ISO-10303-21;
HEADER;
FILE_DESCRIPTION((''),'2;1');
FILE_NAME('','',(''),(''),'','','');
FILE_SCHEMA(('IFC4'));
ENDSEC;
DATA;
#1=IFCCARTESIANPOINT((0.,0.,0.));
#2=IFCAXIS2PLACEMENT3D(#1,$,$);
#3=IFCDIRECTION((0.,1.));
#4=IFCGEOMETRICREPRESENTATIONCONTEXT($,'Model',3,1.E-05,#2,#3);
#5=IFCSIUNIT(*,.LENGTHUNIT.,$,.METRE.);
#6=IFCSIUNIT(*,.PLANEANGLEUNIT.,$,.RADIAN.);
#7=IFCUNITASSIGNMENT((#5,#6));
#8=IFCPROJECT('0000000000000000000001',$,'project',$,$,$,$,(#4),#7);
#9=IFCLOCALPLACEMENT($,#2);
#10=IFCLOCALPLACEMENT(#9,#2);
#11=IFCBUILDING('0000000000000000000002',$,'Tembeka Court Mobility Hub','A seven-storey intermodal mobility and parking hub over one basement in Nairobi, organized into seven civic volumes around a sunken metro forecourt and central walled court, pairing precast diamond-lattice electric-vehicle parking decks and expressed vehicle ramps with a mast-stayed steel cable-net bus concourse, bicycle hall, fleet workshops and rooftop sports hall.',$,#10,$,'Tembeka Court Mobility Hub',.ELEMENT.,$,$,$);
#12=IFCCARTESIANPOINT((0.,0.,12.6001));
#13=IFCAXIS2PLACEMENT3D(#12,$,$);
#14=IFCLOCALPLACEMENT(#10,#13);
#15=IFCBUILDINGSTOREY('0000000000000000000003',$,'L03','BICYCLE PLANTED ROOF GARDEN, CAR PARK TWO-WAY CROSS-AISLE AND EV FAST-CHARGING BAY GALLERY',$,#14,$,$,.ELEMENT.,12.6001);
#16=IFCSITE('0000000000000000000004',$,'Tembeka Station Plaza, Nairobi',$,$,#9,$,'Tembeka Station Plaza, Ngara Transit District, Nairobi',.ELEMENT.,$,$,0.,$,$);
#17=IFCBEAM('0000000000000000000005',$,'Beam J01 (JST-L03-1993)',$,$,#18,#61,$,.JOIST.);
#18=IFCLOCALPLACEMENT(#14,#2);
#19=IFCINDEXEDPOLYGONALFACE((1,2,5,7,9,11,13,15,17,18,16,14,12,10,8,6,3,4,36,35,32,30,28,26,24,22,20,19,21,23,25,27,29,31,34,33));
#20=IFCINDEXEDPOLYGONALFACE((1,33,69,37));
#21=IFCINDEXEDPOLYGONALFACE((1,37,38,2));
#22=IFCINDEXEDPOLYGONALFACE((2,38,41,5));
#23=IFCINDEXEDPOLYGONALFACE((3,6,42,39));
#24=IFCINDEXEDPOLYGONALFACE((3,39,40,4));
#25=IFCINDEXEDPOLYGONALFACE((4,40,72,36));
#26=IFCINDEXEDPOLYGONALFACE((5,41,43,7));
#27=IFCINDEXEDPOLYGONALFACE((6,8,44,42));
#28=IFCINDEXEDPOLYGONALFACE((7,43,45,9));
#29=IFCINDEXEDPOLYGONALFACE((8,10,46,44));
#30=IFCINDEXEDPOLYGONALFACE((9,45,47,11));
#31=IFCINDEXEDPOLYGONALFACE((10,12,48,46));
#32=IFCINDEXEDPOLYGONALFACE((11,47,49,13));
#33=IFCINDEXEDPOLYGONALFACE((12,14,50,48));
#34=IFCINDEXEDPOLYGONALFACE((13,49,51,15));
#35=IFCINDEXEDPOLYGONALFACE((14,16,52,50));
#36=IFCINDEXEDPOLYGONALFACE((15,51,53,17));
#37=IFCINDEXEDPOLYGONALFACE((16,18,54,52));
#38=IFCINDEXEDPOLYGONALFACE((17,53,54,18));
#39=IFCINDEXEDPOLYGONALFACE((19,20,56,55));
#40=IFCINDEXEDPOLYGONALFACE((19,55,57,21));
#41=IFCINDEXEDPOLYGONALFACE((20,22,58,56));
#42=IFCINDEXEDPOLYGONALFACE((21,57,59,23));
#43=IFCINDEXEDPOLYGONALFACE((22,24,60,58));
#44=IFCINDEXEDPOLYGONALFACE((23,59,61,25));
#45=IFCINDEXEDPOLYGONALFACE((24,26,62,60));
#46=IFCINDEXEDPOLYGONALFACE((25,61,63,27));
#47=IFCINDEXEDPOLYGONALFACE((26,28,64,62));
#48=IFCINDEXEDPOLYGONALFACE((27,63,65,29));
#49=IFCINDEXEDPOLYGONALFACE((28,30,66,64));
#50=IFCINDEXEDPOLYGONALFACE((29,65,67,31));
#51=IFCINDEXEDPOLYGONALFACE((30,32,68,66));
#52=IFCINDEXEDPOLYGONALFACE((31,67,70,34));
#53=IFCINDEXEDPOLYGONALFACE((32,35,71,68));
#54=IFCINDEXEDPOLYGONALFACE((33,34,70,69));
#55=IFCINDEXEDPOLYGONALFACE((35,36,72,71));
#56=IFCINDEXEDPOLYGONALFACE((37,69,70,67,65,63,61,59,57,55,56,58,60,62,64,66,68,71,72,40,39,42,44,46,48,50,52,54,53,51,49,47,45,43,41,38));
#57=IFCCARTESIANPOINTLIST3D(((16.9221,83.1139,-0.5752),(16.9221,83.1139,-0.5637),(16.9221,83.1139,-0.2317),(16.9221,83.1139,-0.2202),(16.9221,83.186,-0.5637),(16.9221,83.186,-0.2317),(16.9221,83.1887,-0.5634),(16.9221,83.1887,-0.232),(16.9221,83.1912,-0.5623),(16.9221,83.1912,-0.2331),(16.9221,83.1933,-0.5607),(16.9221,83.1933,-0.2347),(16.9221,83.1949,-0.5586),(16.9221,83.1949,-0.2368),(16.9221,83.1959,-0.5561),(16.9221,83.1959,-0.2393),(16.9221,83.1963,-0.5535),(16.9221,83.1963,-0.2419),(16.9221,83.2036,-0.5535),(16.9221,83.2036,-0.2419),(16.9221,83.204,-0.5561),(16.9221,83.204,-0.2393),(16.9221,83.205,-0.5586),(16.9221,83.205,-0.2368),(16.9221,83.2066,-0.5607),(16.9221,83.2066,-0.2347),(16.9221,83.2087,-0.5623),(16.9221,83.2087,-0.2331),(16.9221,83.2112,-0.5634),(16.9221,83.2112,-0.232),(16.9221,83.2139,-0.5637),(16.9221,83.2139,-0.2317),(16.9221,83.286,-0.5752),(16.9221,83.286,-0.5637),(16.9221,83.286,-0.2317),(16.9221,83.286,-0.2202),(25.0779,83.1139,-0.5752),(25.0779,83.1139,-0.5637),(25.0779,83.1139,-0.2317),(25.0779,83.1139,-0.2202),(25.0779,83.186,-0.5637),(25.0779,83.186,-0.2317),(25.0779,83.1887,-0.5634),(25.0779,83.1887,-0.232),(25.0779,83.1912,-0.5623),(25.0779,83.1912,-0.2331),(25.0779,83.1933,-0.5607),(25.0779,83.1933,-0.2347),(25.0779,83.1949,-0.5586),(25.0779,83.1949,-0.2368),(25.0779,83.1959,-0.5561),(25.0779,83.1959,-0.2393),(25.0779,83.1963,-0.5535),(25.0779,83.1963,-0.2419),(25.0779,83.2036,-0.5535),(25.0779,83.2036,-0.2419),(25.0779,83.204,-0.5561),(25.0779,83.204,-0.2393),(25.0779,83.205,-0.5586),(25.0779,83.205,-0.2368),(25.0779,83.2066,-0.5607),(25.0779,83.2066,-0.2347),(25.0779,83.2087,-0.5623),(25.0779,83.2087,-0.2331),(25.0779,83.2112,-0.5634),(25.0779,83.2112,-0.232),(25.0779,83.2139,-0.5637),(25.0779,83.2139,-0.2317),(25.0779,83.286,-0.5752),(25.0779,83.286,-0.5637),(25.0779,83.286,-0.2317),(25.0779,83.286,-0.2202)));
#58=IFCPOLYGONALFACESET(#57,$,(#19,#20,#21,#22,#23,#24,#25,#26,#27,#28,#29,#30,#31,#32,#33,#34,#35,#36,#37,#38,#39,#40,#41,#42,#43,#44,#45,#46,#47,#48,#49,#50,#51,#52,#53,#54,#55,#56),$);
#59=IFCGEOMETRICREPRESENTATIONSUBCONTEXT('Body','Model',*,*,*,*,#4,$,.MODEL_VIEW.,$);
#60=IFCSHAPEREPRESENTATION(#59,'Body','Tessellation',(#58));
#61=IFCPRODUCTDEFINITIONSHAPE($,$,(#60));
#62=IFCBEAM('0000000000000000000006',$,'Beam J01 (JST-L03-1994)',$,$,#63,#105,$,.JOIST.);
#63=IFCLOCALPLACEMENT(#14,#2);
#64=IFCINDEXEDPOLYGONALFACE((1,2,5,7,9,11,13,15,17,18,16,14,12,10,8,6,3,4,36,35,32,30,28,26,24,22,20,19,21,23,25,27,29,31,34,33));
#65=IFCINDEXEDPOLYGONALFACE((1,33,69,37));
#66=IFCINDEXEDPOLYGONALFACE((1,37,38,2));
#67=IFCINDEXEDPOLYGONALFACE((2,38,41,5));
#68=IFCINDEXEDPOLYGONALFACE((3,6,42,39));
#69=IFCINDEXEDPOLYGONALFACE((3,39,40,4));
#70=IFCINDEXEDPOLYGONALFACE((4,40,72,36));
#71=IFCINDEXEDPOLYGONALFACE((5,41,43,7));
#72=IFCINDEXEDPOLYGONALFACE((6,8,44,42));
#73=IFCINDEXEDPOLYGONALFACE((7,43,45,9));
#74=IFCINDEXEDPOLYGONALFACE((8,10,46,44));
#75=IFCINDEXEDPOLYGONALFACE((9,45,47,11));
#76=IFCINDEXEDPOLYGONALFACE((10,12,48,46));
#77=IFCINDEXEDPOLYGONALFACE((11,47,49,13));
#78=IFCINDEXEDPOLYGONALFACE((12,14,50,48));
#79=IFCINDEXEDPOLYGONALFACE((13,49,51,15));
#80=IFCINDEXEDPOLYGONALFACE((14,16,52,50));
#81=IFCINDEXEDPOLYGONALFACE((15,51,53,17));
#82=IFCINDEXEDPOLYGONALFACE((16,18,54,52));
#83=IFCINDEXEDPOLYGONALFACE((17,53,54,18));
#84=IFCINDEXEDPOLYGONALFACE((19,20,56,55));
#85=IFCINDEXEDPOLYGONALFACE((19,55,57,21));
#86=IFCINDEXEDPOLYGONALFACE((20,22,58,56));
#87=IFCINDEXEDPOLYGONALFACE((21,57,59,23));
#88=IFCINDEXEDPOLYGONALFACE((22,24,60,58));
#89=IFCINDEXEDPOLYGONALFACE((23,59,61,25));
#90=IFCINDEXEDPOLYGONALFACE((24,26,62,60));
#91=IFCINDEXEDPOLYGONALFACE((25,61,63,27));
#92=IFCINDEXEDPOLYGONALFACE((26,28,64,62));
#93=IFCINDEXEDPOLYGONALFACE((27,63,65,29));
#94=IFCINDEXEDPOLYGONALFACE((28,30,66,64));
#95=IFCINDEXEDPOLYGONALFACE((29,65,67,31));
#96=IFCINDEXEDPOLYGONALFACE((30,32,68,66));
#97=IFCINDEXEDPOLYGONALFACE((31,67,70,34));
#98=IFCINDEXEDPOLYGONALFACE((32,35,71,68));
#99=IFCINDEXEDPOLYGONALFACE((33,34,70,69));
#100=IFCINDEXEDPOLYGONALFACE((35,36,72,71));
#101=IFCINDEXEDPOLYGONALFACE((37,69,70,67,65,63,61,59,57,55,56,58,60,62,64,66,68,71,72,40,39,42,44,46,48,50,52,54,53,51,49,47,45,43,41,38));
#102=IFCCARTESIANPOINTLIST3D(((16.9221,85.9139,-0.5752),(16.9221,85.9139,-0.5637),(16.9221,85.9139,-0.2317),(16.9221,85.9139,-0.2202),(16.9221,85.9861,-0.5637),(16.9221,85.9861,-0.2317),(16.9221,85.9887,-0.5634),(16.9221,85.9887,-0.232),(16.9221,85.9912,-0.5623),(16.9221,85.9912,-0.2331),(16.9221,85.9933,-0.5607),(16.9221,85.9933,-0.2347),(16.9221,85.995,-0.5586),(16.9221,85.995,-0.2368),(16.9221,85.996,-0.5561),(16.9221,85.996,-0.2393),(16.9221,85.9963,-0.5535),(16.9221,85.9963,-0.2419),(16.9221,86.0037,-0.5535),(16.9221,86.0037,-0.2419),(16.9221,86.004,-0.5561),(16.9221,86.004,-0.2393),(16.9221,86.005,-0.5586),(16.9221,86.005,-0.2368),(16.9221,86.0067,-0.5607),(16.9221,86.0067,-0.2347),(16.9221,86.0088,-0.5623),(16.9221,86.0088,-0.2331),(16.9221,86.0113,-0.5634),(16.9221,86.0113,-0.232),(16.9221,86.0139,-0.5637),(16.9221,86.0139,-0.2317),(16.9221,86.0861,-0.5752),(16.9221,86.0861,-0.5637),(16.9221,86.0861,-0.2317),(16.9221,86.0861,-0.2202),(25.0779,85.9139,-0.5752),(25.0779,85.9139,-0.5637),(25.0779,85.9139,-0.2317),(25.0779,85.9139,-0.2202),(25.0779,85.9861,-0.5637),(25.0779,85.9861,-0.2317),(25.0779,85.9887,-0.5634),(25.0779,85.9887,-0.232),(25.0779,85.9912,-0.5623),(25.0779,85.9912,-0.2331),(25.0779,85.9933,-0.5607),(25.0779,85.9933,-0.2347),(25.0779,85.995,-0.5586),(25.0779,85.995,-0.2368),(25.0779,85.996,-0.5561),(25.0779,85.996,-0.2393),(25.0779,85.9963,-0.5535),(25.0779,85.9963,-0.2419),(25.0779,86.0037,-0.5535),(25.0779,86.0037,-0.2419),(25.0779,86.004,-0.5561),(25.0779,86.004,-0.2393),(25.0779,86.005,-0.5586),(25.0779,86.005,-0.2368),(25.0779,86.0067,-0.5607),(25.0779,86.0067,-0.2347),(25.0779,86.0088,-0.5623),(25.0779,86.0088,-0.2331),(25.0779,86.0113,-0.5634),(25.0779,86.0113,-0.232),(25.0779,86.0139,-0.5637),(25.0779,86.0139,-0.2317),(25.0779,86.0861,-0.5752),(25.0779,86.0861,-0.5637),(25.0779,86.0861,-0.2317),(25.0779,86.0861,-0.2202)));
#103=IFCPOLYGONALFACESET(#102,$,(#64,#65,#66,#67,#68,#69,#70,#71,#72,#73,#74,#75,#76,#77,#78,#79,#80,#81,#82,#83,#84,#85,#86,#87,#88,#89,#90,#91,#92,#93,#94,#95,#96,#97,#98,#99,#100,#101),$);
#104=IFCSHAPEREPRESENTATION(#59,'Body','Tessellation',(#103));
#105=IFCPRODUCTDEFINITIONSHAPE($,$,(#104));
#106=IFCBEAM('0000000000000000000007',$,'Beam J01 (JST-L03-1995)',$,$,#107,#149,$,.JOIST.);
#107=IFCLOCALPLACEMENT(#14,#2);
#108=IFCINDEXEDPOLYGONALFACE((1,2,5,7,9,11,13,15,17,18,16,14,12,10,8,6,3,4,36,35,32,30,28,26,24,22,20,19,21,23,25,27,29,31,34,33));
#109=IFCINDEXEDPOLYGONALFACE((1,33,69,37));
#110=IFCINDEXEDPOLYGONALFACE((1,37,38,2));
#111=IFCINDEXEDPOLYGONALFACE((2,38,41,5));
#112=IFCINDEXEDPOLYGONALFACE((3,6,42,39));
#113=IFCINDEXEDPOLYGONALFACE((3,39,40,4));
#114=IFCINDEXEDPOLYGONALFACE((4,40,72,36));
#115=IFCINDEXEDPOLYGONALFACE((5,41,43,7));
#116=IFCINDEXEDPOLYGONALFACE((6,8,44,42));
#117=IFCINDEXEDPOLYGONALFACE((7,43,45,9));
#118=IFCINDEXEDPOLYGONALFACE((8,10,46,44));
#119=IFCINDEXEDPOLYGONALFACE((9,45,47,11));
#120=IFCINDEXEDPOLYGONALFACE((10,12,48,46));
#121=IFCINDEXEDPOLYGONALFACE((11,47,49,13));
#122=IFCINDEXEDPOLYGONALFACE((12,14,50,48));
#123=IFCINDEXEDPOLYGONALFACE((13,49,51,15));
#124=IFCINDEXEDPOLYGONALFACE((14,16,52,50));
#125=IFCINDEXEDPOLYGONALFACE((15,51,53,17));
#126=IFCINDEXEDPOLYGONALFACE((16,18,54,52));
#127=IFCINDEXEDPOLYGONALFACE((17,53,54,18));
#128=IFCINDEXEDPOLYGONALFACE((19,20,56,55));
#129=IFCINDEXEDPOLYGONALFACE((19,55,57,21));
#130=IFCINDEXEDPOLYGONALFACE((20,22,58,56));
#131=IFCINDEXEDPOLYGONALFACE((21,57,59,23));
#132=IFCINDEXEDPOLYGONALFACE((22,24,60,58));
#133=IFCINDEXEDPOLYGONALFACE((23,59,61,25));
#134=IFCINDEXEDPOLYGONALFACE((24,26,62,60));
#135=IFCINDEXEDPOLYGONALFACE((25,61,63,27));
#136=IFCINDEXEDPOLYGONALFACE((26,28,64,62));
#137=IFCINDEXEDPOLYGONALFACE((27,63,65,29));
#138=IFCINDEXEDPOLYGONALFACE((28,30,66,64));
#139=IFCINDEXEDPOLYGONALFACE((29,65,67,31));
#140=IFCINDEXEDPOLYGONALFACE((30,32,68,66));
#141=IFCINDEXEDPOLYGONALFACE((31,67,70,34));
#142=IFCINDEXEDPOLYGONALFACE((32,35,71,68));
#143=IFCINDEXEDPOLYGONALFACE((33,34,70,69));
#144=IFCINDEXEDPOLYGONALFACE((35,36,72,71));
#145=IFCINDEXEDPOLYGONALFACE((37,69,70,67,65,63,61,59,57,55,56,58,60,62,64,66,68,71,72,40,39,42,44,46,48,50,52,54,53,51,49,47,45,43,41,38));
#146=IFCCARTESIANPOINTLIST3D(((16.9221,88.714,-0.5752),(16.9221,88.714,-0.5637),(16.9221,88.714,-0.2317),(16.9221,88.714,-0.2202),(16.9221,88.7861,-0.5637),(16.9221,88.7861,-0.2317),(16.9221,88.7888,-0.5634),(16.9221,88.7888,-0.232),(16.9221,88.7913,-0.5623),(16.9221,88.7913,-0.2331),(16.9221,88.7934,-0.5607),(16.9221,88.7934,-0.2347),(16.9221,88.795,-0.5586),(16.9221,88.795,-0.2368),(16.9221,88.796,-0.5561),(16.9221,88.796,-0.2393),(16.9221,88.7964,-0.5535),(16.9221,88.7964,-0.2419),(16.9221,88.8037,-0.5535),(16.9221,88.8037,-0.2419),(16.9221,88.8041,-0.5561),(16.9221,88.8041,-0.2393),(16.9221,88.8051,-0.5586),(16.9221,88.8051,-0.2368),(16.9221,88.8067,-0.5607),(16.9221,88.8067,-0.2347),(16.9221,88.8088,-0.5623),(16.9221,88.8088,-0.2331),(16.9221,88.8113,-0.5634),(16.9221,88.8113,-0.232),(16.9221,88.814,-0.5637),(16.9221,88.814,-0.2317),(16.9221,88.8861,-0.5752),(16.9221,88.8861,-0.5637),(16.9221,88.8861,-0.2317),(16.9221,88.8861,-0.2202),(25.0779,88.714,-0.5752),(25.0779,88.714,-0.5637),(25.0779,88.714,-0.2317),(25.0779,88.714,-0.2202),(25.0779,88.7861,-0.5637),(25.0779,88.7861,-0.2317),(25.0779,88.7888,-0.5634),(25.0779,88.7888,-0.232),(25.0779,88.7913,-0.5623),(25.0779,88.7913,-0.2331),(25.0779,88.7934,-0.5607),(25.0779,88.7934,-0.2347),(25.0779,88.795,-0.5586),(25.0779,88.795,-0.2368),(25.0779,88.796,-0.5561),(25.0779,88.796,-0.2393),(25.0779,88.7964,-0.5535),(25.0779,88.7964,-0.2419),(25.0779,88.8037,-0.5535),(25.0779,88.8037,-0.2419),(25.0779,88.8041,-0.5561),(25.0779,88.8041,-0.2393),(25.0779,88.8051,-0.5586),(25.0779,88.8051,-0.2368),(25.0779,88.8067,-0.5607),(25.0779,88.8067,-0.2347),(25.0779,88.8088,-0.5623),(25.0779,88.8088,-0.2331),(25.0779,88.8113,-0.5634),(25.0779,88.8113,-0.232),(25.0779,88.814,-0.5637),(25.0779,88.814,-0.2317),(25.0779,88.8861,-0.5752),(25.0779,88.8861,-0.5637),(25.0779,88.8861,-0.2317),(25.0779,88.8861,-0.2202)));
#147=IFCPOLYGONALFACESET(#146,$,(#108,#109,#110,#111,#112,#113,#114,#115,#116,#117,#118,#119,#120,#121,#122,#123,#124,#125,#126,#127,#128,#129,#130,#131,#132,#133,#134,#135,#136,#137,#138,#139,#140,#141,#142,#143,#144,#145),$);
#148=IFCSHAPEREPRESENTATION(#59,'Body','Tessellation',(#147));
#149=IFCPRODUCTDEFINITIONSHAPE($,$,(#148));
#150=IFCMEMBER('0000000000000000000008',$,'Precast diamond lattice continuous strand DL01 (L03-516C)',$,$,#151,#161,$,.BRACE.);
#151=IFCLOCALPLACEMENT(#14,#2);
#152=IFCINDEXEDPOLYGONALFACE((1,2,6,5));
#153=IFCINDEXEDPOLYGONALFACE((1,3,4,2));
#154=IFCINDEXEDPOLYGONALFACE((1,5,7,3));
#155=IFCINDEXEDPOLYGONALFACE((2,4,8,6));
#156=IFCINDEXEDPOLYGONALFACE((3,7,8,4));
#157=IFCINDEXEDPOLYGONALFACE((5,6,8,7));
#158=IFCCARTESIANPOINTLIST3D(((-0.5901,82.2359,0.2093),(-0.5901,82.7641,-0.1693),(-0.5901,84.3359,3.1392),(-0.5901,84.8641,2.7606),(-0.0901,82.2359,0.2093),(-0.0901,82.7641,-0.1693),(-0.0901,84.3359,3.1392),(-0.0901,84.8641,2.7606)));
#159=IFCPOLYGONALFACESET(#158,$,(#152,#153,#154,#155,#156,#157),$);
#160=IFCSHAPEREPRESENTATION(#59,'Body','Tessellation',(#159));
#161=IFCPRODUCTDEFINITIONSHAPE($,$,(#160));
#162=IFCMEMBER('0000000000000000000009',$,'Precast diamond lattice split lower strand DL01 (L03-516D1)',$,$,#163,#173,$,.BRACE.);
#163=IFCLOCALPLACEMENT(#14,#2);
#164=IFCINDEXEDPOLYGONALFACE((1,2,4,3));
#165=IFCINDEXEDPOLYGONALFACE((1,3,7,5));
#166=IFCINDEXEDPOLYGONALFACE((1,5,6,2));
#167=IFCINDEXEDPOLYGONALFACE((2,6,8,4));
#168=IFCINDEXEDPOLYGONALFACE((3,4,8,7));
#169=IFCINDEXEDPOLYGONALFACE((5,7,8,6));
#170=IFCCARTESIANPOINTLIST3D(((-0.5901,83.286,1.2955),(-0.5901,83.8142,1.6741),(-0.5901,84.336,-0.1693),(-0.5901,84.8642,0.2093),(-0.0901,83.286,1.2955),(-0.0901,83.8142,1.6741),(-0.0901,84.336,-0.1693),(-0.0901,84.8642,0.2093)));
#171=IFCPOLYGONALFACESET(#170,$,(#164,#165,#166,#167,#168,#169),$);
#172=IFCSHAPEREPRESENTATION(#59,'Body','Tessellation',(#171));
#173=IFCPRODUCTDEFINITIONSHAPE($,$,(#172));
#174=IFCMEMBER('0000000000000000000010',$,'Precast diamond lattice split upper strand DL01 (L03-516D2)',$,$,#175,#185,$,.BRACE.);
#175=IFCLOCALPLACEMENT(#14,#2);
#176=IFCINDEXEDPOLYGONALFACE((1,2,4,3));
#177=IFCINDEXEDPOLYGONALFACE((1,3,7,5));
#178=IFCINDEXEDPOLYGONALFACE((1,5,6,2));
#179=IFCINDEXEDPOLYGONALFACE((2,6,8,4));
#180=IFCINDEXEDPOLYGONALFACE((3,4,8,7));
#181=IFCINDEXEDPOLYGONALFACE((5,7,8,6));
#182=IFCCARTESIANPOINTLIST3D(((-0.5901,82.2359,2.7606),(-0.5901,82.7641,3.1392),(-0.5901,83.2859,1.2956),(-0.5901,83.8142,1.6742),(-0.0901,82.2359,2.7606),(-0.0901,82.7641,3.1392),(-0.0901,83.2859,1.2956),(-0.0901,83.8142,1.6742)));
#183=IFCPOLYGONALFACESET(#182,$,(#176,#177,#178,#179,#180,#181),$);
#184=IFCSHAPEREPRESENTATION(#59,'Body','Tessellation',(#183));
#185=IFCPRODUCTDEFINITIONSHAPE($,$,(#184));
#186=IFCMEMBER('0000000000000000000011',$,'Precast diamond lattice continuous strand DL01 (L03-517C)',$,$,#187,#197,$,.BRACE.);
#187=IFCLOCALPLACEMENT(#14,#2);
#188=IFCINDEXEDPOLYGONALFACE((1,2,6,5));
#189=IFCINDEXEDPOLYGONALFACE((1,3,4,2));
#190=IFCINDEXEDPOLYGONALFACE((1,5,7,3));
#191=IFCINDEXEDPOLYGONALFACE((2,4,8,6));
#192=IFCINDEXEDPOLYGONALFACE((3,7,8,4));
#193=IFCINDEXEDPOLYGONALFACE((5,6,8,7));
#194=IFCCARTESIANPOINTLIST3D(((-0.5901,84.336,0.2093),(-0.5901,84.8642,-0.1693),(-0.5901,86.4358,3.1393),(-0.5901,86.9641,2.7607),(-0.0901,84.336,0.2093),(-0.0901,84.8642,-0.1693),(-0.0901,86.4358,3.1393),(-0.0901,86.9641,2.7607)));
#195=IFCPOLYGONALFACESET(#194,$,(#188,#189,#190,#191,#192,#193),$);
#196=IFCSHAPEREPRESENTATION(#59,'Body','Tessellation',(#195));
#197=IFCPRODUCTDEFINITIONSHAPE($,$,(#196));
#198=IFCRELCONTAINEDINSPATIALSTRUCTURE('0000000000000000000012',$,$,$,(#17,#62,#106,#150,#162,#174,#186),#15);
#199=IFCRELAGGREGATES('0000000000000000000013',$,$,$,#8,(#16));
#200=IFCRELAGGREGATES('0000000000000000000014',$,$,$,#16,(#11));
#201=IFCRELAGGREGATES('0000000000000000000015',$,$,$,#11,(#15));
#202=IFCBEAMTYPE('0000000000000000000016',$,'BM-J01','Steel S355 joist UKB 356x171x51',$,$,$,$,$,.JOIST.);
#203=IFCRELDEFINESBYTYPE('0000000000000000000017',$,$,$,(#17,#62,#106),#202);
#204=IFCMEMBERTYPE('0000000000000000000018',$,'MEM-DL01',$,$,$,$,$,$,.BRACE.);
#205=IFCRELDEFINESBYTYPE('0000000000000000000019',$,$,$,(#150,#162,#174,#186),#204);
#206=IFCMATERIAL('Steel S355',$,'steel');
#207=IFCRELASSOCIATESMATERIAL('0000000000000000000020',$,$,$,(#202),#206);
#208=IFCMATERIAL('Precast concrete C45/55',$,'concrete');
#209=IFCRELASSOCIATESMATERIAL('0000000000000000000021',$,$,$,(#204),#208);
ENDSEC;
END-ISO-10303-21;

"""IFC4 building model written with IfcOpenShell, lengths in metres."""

from ifc_helpers import new_model, si_unit, direction, frame, origin, origin_2d, place, context, subcontext, project, spatial, rectangle, i_section, extrude, material, material_profile, profile_set, type_object, element, save


model = new_model("IFC4")

# Units and contexts
model_context = context("Model", 3, precision=1e-05, world=origin(), true_north=direction((0.0, 1.0)))
body_context = subcontext(model_context, "Body", "Model", "MODEL_VIEW")
ifc_project = project(units=[si_unit("LENGTHUNIT", "METRE"), si_unit("PLANEANGLEUNIT", "RADIAN")], contexts=[model_context])

# Site, building, storey
site_placement = place(None, origin())
site = spatial("IfcSite", under=ifc_project, at=site_placement, Name="Tembeka Station Plaza, Nairobi", LongName="Tembeka Station Plaza, Ngara Transit District, Nairobi", CompositionType="ELEMENT", RefElevation=0.0)
building_placement = place(site_placement, origin())
building = spatial("IfcBuilding", under=site, at=building_placement, Name="Tembeka Court Mobility Hub", Description="A seven-storey intermodal mobility and parking hub over one basement in Nairobi, organized into seven civic volumes around a sunken metro forecourt and central walled court, pairing precast diamond-lattice electric-vehicle parking decks and expressed vehicle ramps with a mast-stayed steel cable-net bus concourse, bicycle hall, fleet workshops and rooftop sports hall.", LongName="Tembeka Court Mobility Hub", CompositionType="ELEMENT")
storey_placement = place(building_placement, frame((0.0, 0.0, 12.6001)))
storey = spatial("IfcBuildingStorey", under=building, at=storey_placement, Name="L03", Description="BICYCLE PLANTED ROOF GARDEN, CAR PARK TWO-WAY CROSS-AISLE AND EV FAST-CHARGING BAY GALLERY", CompositionType="ELEMENT", Elevation=12.6001)

# Shared definitions
ifc_material_1 = material(Name="Steel S355", Category="steel")

# Beams
ifc_material_profile_1 = material_profile(ifc_material_1, i_section(OverallWidth=0.1721, OverallDepth=0.355, WebThickness=0.0073, FlangeThickness=0.0115, FilletRadius=0.0103, at=origin_2d()), Name="UKB 356x171x51")
ifc_profile_set_1 = profile_set([ifc_material_profile_1], Name="Steel S355")
beam_type_1 = type_object("IfcBeamType", Name="BM-J01", Description="Steel S355 joist UKB 356x171x51", PredefinedType="JOIST", material=ifc_profile_set_1)
for number, where, z_axis, x_axis, name in (
    (1, (16.9221, 83.2, -0.3977), (1.0, 0.0, 0.0), (0.0, 1.0, 0.0), "Beam J01 (JST-L03-1993)"),
    (2, (16.9221, 86.0, -0.3977), (1.0, 0.0, 0.0), (0.0, 1.0, 0.0), "Beam J01 (JST-L03-1994)"),
    (3, (16.9221, 88.8, -0.3977), (1.0, 0.0, 0.0), (0.0, 1.0, 0.0), "Beam J01 (JST-L03-1995)"),
):
    element("IfcBeam", number, at=place(storey_placement, frame(where, z_axis=z_axis, x_axis=x_axis)), inside=storey, type_object=beam_type_1, Name=name, PredefinedType="JOIST", context=body_context, shape_type="SweptSolid", body=[
        extrude(i_section(OverallWidth=0.1721, OverallDepth=0.355, WebThickness=0.0073, FlangeThickness=0.0115, FilletRadius=0.0103, at=origin_2d()), origin(), (0.0, 0.0, 1.0), 8.1558),
    ])

# Members
ifc_material_2 = material(Name="Precast concrete C45/55", Category="concrete")
ifc_material_profile_2 = material_profile(ifc_material_2, rectangle(XDim=0.5, YDim=0.6499, at=origin_2d()), Name="PC-DIAG 500x650")
ifc_profile_set_2 = profile_set([ifc_material_profile_2], Name="Precast concrete C45/55")
member_type_1 = type_object("IfcMemberType", Name="MEM-DL01", PredefinedType="BRACE", material=ifc_profile_set_2)
member_1_placement = place(storey_placement, frame((-0.3401, 82.5, 0.02), z_axis=(0.0, 0.582576, 0.812776), x_axis=(-1.0, 0.0, 0.0)))
element("IfcMember", 4, at=member_1_placement, inside=storey, type_object=member_type_1, Name="Precast diamond lattice continuous strand DL01 (L03-516C)", PredefinedType="BRACE", context=body_context, shape_type="SweptSolid", body=[
    extrude(rectangle(XDim=0.5, YDim=0.6499, at=origin_2d()), origin(), (0.0, 0.0, 1.0), 3.6047),
])
member_2_placement = place(storey_placement, frame((-0.3401, 84.6001, 0.02), z_axis=(0.0, -0.582608, 0.812753), x_axis=(1.0, 0.0, 0.0)))
element("IfcMember", 5, at=member_2_placement, inside=storey, type_object=member_type_1, Name="Precast diamond lattice split lower strand DL01 (L03-516D1)", PredefinedType="BRACE", context=body_context, shape_type="SweptSolid", body=[
    extrude(rectangle(XDim=0.5, YDim=0.6499, at=origin_2d()), origin(), (0.0, 0.0, 1.0), 1.8022),
])
member_3_placement = place(storey_placement, frame((-0.3401, 83.55, 1.4849), z_axis=(0.0, -0.582544, 0.812799), x_axis=(1.0, 0.0, 0.0)))
element("IfcMember", 6, at=member_3_placement, inside=storey, type_object=member_type_1, Name="Precast diamond lattice split upper strand DL01 (L03-516D2)", PredefinedType="BRACE", context=body_context, shape_type="SweptSolid", body=[
    extrude(rectangle(XDim=0.5, YDim=0.6499, at=origin_2d()), origin(), (0.0, 0.0, 1.0), 1.8025),
])
member_4_placement = place(storey_placement, frame((-0.3401, 84.6001, 0.02), z_axis=(0.0, 0.582532, 0.812808), x_axis=(-1.0, 0.0, 0.0)))
element("IfcMember", 7, at=member_4_placement, inside=storey, type_object=member_type_1, Name="Precast diamond lattice continuous strand DL01 (L03-517C)", PredefinedType="BRACE", context=body_context, shape_type="SweptSolid", body=[
    extrude(rectangle(XDim=0.5, YDim=0.6499, at=origin_2d()), origin(), (0.0, 0.0, 1.0), 3.6047),
])

save(model, "model.ifc")
